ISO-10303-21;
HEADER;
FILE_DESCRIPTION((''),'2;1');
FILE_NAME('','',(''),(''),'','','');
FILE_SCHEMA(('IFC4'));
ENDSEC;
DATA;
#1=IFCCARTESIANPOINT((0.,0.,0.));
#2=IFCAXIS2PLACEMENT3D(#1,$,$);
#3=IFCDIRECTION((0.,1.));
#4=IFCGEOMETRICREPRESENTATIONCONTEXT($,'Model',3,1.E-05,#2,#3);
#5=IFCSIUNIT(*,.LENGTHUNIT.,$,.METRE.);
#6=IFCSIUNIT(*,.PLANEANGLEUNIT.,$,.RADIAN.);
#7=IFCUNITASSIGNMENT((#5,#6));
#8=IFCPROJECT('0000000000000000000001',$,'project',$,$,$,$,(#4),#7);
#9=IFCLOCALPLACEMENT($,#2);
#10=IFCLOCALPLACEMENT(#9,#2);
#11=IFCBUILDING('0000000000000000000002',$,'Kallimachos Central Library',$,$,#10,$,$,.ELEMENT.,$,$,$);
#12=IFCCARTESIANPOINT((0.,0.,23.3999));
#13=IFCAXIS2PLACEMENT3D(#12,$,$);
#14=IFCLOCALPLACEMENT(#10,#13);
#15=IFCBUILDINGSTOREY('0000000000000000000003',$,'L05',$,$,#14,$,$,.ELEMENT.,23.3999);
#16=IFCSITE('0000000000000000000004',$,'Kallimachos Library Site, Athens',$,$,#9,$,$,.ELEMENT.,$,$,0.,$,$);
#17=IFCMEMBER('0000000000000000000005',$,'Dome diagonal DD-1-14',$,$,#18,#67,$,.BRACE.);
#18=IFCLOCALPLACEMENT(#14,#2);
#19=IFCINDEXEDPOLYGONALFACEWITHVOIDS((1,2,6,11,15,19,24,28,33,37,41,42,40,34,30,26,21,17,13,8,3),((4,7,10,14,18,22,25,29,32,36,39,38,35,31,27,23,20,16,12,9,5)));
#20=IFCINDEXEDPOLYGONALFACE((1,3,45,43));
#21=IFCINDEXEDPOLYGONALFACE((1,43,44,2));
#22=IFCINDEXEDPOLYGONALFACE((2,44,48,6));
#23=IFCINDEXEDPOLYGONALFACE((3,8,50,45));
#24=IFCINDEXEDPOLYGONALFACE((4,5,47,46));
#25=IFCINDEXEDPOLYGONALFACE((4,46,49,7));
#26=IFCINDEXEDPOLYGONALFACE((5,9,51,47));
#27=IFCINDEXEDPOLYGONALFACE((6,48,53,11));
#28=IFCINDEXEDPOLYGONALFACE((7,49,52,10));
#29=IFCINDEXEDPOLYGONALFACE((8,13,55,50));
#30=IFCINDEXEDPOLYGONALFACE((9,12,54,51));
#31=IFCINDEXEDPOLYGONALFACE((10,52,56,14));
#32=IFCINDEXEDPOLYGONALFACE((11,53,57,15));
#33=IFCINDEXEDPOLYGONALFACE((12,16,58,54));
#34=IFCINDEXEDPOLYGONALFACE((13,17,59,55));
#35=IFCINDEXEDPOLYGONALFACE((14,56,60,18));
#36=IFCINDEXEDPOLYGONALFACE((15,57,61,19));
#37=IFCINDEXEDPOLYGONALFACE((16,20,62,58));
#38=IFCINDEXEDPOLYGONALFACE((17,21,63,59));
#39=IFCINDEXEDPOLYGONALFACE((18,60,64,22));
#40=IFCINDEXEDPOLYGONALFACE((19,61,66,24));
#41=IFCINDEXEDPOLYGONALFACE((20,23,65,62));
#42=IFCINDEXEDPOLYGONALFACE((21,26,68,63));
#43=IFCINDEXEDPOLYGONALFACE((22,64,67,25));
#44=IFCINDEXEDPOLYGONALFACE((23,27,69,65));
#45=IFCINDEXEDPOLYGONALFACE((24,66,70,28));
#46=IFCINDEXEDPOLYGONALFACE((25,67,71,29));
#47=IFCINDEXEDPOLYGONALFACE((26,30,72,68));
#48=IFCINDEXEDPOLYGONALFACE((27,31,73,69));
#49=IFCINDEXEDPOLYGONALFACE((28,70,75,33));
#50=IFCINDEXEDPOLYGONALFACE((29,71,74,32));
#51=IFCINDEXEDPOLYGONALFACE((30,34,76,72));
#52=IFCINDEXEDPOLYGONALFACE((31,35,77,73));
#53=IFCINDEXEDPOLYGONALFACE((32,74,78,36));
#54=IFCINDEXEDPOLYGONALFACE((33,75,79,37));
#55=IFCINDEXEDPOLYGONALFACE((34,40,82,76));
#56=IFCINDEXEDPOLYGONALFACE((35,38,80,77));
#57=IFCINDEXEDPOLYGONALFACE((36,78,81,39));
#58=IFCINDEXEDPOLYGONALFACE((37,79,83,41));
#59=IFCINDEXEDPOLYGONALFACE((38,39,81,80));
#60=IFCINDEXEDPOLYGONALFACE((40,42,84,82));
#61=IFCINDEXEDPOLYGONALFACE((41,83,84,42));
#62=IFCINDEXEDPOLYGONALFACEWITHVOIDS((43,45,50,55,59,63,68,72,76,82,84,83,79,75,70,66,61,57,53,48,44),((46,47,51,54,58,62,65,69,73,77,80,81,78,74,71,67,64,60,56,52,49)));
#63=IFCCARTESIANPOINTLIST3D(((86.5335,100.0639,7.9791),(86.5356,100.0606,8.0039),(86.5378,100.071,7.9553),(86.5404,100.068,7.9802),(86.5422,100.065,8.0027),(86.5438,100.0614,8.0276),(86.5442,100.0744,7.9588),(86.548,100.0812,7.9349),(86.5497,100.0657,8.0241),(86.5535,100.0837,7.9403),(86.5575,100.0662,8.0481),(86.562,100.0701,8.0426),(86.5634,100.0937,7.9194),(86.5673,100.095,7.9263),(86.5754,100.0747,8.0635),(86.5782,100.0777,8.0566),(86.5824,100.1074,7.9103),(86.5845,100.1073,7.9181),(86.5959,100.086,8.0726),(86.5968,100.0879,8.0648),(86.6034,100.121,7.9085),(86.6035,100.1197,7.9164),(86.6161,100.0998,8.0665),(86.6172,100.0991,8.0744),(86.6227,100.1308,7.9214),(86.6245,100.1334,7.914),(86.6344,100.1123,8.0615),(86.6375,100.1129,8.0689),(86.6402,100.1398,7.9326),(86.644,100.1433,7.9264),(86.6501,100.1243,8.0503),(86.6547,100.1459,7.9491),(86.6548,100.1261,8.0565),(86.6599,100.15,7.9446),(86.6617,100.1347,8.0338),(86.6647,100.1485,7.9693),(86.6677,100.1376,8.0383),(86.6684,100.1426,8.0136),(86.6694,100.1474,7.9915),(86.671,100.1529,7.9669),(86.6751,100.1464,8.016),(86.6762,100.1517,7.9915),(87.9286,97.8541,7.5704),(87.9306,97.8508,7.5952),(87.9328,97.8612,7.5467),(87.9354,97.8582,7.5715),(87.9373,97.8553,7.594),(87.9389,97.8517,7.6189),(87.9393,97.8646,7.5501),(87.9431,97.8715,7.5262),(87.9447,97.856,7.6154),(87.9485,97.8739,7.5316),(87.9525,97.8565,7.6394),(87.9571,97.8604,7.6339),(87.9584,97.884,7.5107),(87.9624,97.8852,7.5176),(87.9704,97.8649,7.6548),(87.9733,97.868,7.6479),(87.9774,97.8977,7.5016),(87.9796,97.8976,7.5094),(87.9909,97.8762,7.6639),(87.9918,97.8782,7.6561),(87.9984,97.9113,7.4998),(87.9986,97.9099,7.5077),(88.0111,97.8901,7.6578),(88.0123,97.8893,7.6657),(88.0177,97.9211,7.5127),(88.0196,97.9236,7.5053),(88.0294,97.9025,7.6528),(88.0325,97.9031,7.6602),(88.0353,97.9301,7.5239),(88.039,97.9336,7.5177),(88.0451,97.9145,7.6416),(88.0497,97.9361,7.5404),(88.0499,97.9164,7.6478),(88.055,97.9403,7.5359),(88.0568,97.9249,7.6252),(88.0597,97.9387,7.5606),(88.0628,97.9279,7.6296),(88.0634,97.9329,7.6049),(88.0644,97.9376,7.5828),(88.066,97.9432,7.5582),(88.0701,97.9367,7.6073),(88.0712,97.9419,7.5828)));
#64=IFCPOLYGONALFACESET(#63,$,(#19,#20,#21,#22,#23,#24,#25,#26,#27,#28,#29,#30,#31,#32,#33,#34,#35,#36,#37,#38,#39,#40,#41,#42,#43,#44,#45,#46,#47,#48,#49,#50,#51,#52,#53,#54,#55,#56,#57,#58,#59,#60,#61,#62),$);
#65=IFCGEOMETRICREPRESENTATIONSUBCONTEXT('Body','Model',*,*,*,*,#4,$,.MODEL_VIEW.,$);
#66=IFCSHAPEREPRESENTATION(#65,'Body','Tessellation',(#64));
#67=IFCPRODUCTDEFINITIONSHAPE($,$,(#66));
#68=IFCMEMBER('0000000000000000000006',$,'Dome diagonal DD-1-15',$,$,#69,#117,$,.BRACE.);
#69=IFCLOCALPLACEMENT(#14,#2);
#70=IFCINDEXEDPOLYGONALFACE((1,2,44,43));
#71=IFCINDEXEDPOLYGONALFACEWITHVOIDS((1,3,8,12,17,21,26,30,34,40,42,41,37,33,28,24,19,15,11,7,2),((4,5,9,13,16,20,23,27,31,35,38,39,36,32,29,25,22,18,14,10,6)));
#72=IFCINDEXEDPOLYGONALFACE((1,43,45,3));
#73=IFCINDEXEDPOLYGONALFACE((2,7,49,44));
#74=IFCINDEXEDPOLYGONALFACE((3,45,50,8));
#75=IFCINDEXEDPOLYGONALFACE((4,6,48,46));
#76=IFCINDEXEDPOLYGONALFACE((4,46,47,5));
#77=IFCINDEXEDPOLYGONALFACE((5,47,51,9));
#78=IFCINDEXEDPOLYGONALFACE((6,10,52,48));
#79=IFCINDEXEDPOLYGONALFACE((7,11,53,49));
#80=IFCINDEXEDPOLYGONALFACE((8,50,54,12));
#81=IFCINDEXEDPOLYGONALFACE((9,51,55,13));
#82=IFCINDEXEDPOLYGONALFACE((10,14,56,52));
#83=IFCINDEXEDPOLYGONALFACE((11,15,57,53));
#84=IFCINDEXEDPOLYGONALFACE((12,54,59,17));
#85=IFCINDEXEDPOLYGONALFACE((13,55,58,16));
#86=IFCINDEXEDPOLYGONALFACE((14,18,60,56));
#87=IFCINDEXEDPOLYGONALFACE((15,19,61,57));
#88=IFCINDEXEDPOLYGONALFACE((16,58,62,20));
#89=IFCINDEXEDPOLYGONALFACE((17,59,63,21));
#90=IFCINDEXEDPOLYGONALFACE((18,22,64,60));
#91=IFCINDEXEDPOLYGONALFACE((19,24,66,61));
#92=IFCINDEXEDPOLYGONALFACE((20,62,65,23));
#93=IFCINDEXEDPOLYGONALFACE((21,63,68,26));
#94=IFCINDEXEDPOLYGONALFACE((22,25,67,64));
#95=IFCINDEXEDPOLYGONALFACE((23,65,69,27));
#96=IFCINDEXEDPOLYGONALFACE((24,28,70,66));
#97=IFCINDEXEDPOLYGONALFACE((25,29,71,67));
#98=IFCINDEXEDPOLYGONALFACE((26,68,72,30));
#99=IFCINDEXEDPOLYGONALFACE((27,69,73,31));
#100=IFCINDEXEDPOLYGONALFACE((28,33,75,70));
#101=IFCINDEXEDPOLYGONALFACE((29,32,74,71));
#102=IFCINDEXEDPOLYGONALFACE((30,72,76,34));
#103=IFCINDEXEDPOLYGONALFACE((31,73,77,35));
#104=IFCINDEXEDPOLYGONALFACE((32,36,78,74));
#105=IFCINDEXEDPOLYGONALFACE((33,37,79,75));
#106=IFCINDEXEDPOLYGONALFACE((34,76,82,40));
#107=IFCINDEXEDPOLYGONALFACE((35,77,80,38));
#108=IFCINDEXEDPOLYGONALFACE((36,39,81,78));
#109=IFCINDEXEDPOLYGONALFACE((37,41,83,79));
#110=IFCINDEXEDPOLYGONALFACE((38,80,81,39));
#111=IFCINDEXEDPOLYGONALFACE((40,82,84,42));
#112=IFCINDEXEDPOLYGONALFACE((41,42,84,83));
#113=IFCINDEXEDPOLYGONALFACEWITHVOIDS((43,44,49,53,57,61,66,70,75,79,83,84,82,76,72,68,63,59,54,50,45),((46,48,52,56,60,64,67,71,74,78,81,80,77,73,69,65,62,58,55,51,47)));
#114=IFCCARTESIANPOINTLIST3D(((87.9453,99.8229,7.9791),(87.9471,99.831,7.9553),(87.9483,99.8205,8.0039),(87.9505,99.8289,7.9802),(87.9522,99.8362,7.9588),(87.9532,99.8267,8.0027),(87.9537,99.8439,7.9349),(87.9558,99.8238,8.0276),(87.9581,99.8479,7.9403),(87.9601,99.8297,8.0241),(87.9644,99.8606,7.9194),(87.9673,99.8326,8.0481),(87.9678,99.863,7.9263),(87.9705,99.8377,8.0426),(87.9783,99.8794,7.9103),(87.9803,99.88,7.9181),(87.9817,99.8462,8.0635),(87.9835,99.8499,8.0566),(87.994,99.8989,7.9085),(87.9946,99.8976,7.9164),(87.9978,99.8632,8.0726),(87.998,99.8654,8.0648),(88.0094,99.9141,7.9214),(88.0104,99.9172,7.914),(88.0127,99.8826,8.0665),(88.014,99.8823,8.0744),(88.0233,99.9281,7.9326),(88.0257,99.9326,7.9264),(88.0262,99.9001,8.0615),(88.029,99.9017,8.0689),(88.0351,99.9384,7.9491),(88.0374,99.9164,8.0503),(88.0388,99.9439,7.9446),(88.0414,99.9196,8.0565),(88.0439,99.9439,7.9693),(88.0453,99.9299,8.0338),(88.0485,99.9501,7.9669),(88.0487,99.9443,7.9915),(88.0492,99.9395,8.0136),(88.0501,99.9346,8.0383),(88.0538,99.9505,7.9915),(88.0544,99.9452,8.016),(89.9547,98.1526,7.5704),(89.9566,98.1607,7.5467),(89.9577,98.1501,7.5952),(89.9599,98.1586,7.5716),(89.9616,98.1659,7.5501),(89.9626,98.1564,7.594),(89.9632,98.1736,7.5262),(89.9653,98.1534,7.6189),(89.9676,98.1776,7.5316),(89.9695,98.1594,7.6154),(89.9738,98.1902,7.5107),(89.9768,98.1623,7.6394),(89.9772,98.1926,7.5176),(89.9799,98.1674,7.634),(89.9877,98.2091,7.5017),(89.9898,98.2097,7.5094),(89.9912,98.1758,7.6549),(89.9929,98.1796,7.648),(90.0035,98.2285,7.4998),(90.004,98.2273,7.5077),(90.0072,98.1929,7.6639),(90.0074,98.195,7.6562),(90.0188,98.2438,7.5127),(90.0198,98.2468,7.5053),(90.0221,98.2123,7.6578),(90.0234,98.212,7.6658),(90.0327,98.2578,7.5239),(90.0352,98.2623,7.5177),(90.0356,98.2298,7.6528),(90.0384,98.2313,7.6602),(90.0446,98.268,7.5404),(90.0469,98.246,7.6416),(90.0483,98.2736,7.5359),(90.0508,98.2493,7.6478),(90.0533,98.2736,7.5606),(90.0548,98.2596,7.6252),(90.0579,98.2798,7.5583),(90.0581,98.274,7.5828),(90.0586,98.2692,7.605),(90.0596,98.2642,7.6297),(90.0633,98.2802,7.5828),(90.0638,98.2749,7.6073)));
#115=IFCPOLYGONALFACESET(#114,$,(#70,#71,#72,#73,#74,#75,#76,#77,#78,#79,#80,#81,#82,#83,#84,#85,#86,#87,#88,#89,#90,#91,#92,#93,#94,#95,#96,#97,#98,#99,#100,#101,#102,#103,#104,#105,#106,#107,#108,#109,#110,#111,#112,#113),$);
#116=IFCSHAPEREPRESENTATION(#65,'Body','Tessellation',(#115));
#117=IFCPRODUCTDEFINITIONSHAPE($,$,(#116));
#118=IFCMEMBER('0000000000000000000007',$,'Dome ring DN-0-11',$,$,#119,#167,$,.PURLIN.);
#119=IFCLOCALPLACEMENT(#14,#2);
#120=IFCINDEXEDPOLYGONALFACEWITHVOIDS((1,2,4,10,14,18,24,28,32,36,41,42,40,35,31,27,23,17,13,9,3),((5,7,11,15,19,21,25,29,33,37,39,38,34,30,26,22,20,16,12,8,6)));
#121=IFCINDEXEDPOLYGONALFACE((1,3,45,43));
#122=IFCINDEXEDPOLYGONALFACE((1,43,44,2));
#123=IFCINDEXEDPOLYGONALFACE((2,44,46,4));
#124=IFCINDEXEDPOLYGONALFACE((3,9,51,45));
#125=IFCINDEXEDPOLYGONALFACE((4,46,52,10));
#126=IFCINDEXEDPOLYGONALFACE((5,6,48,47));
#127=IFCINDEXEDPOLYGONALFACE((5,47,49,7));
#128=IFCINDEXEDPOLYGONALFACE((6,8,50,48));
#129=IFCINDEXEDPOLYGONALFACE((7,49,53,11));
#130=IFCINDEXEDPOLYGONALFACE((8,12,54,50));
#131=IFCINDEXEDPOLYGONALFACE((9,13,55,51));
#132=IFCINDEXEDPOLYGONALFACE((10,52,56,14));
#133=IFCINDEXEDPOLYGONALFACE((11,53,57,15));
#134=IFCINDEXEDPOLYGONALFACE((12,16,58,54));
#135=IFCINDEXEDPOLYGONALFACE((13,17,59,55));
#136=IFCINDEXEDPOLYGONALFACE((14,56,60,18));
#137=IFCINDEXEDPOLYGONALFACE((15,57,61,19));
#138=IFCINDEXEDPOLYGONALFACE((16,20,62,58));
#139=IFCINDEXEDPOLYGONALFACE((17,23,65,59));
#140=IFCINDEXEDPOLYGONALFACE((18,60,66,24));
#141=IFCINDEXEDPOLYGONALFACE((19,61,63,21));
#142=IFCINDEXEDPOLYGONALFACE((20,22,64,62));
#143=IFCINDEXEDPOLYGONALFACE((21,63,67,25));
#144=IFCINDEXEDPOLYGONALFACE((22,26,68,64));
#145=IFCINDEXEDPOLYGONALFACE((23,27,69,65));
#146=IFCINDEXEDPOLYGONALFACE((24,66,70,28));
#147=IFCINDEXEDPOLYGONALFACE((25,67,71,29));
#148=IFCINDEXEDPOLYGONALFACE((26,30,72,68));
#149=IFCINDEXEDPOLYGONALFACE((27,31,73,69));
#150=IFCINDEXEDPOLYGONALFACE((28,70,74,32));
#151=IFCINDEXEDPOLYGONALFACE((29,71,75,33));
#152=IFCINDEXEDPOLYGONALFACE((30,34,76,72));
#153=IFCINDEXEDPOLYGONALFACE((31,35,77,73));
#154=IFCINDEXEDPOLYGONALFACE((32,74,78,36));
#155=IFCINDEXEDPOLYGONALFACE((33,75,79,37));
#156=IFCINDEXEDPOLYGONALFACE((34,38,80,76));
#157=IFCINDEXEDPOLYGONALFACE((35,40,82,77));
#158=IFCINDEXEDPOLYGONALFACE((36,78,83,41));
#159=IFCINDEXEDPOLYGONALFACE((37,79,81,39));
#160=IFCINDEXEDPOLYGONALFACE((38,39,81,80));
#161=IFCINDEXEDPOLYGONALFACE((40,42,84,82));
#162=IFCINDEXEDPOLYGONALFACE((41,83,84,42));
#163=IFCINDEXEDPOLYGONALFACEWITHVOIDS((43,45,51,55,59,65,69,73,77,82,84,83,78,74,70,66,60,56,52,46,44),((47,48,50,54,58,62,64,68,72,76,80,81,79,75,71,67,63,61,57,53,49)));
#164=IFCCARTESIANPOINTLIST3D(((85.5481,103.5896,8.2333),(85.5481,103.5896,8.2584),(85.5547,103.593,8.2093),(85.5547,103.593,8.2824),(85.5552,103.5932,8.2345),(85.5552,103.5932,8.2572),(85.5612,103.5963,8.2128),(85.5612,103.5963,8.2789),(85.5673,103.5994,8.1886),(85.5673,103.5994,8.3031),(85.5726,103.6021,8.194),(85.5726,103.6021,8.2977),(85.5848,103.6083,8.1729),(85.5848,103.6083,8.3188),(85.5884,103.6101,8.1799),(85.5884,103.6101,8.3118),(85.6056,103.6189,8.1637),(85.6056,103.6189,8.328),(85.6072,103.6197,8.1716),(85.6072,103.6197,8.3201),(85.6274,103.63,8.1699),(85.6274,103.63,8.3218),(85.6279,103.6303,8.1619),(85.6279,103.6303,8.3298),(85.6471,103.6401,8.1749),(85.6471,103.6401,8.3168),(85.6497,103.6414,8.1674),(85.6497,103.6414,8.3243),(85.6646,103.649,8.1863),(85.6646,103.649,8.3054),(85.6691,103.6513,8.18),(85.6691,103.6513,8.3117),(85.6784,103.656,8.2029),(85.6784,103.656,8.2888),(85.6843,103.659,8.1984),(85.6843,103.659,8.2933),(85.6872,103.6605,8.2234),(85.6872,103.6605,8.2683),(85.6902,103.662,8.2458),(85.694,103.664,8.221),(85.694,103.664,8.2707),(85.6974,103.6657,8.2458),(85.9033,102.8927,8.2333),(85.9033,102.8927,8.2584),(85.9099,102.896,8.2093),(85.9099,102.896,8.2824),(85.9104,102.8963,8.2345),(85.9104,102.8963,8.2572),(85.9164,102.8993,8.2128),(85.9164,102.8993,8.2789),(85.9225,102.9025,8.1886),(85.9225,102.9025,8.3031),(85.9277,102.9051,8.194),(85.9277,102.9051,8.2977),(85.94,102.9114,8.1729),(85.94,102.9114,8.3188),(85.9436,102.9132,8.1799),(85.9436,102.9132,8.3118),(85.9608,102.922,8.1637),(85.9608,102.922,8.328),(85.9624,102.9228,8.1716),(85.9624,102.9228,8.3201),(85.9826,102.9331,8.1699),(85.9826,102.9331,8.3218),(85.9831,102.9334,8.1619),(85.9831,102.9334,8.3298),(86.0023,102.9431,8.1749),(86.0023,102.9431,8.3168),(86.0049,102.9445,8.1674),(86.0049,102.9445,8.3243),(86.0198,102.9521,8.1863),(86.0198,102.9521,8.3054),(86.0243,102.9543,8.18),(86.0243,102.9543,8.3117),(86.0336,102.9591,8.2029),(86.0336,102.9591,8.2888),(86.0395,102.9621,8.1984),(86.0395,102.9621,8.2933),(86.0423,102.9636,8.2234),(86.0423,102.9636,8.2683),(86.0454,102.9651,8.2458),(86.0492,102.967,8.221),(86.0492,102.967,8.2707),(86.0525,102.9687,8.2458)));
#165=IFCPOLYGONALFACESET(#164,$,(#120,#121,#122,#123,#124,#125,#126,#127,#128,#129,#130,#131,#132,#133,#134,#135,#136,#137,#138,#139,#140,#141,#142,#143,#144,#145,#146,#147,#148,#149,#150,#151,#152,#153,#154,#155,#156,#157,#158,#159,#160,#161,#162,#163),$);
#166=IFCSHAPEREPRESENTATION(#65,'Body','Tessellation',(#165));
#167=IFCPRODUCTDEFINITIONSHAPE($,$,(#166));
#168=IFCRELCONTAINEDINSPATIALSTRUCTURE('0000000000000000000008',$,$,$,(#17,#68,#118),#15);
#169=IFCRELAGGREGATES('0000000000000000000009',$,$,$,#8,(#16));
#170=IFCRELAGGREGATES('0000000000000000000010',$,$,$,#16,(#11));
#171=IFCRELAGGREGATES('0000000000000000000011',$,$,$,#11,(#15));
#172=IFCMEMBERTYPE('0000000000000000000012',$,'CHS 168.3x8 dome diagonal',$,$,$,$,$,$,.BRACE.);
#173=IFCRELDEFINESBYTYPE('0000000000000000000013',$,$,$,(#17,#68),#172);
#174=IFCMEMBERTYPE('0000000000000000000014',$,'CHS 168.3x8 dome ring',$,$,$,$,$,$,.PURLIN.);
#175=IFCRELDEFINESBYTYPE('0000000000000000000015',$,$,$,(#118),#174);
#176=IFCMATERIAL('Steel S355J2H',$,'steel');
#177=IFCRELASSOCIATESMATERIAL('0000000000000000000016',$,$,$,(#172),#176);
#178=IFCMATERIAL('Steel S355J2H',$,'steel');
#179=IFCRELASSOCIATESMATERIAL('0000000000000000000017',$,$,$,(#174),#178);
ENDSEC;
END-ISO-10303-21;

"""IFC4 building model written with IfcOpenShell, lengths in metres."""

from ifc_helpers import new_model, si_unit, direction, frame, origin, origin_2d, place, context, subcontext, project, spatial, hollow_circle, extrude, material, material_profile, profile_set, type_object, element, save


model = new_model("IFC4")

# Units and contexts
model_context = context("Model", 3, precision=1e-05, world=origin(), true_north=direction((0.0, 1.0)))
body_context = subcontext(model_context, "Body", "Model", "MODEL_VIEW")
ifc_project = project(units=[si_unit("LENGTHUNIT", "METRE"), si_unit("PLANEANGLEUNIT", "RADIAN")], contexts=[model_context])

# Site, building, storey
site_placement = place(None, origin())
site = spatial("IfcSite", under=ifc_project, at=site_placement, Name="Kallimachos Library Site, Athens", CompositionType="ELEMENT", RefElevation=0.0)
building_placement = place(site_placement, origin())
building = spatial("IfcBuilding", under=site, at=building_placement, Name="Kallimachos Central Library", CompositionType="ELEMENT")
storey_placement = place(building_placement, frame((0.0, 0.0, 23.3999)))
storey = spatial("IfcBuildingStorey", under=building, at=storey_placement, Name="L05", CompositionType="ELEMENT", Elevation=23.3999)

# Members
ifc_material_1 = material(Name="Steel S355J2H", Category="steel")
ifc_material_profile_1 = material_profile(ifc_material_1, hollow_circle(Radius=0.0842, WallThickness=0.0081, at=origin_2d()), Name="CHS 168.3x8")
ifc_profile_set_1 = profile_set([ifc_material_profile_1], Name="Steel S355J2H")
member_type_1 = type_object("IfcMemberType", Name="CHS 168.3x8 dome diagonal", PredefinedType="BRACE", material=ifc_profile_set_1)
member_1_placement = place(storey_placement, frame((86.605, 100.1067, 7.9915), z_axis=(0.52742, -0.835436, -0.154515), x_axis=(0.845591, 0.533831, 0.0)))
element("IfcMember", 1, at=member_1_placement, inside=storey, type_object=member_type_1, Name="Dome diagonal DD-1-14", PredefinedType="BRACE", context=body_context, shape_type="SweptSolid", body=[
    extrude(hollow_circle(Radius=0.0842, WallThickness=0.0081, at=origin_2d()), origin(), (0.0, 0.0, 1.0), 2.645),
])
member_2_placement = place(storey_placement, frame((88.0, 99.8857, 7.9915), z_axis=(0.759773, -0.63156, -0.154521), x_axis=(0.639237, 0.769009, 0.0)))
element("IfcMember", 2, at=member_2_placement, inside=storey, type_object=member_type_1, Name="Dome diagonal DD-1-15", PredefinedType="BRACE", context=body_context, shape_type="SweptSolid", body=[
    extrude(hollow_circle(Radius=0.0842, WallThickness=0.0081, at=origin_2d()), origin(), (0.0, 0.0, 1.0), 2.6448),
])
ifc_material_2 = material(Name="Steel S355J2H", Category="steel")
ifc_material_profile_2 = material_profile(ifc_material_2, hollow_circle(Radius=0.0842, WallThickness=0.0081, at=origin_2d()), Name="CHS 168.3x8")
ifc_profile_set_2 = profile_set([ifc_material_profile_2], Name="Steel S355J2H")
member_type_2 = type_object("IfcMemberType", Name="CHS 168.3x8 dome ring", PredefinedType="PURLIN", material=ifc_profile_set_2)
member_3_placement = place(storey_placement, frame((85.6223, 103.6274, 8.2458), z_axis=(0.454066, -0.890968, 0.0), x_axis=(0.890968, 0.454066, 0.0)))
element("IfcMember", 3, at=member_3_placement, inside=storey, type_object=member_type_2, Name="Dome ring DN-0-11", PredefinedType="PURLIN", context=body_context, shape_type="SweptSolid", body=[
    extrude(hollow_circle(Radius=0.0842, WallThickness=0.0081, at=origin_2d()), origin(), (0.0, 0.0, 1.0), 0.7822),
])

save(model, "model.ifc")
